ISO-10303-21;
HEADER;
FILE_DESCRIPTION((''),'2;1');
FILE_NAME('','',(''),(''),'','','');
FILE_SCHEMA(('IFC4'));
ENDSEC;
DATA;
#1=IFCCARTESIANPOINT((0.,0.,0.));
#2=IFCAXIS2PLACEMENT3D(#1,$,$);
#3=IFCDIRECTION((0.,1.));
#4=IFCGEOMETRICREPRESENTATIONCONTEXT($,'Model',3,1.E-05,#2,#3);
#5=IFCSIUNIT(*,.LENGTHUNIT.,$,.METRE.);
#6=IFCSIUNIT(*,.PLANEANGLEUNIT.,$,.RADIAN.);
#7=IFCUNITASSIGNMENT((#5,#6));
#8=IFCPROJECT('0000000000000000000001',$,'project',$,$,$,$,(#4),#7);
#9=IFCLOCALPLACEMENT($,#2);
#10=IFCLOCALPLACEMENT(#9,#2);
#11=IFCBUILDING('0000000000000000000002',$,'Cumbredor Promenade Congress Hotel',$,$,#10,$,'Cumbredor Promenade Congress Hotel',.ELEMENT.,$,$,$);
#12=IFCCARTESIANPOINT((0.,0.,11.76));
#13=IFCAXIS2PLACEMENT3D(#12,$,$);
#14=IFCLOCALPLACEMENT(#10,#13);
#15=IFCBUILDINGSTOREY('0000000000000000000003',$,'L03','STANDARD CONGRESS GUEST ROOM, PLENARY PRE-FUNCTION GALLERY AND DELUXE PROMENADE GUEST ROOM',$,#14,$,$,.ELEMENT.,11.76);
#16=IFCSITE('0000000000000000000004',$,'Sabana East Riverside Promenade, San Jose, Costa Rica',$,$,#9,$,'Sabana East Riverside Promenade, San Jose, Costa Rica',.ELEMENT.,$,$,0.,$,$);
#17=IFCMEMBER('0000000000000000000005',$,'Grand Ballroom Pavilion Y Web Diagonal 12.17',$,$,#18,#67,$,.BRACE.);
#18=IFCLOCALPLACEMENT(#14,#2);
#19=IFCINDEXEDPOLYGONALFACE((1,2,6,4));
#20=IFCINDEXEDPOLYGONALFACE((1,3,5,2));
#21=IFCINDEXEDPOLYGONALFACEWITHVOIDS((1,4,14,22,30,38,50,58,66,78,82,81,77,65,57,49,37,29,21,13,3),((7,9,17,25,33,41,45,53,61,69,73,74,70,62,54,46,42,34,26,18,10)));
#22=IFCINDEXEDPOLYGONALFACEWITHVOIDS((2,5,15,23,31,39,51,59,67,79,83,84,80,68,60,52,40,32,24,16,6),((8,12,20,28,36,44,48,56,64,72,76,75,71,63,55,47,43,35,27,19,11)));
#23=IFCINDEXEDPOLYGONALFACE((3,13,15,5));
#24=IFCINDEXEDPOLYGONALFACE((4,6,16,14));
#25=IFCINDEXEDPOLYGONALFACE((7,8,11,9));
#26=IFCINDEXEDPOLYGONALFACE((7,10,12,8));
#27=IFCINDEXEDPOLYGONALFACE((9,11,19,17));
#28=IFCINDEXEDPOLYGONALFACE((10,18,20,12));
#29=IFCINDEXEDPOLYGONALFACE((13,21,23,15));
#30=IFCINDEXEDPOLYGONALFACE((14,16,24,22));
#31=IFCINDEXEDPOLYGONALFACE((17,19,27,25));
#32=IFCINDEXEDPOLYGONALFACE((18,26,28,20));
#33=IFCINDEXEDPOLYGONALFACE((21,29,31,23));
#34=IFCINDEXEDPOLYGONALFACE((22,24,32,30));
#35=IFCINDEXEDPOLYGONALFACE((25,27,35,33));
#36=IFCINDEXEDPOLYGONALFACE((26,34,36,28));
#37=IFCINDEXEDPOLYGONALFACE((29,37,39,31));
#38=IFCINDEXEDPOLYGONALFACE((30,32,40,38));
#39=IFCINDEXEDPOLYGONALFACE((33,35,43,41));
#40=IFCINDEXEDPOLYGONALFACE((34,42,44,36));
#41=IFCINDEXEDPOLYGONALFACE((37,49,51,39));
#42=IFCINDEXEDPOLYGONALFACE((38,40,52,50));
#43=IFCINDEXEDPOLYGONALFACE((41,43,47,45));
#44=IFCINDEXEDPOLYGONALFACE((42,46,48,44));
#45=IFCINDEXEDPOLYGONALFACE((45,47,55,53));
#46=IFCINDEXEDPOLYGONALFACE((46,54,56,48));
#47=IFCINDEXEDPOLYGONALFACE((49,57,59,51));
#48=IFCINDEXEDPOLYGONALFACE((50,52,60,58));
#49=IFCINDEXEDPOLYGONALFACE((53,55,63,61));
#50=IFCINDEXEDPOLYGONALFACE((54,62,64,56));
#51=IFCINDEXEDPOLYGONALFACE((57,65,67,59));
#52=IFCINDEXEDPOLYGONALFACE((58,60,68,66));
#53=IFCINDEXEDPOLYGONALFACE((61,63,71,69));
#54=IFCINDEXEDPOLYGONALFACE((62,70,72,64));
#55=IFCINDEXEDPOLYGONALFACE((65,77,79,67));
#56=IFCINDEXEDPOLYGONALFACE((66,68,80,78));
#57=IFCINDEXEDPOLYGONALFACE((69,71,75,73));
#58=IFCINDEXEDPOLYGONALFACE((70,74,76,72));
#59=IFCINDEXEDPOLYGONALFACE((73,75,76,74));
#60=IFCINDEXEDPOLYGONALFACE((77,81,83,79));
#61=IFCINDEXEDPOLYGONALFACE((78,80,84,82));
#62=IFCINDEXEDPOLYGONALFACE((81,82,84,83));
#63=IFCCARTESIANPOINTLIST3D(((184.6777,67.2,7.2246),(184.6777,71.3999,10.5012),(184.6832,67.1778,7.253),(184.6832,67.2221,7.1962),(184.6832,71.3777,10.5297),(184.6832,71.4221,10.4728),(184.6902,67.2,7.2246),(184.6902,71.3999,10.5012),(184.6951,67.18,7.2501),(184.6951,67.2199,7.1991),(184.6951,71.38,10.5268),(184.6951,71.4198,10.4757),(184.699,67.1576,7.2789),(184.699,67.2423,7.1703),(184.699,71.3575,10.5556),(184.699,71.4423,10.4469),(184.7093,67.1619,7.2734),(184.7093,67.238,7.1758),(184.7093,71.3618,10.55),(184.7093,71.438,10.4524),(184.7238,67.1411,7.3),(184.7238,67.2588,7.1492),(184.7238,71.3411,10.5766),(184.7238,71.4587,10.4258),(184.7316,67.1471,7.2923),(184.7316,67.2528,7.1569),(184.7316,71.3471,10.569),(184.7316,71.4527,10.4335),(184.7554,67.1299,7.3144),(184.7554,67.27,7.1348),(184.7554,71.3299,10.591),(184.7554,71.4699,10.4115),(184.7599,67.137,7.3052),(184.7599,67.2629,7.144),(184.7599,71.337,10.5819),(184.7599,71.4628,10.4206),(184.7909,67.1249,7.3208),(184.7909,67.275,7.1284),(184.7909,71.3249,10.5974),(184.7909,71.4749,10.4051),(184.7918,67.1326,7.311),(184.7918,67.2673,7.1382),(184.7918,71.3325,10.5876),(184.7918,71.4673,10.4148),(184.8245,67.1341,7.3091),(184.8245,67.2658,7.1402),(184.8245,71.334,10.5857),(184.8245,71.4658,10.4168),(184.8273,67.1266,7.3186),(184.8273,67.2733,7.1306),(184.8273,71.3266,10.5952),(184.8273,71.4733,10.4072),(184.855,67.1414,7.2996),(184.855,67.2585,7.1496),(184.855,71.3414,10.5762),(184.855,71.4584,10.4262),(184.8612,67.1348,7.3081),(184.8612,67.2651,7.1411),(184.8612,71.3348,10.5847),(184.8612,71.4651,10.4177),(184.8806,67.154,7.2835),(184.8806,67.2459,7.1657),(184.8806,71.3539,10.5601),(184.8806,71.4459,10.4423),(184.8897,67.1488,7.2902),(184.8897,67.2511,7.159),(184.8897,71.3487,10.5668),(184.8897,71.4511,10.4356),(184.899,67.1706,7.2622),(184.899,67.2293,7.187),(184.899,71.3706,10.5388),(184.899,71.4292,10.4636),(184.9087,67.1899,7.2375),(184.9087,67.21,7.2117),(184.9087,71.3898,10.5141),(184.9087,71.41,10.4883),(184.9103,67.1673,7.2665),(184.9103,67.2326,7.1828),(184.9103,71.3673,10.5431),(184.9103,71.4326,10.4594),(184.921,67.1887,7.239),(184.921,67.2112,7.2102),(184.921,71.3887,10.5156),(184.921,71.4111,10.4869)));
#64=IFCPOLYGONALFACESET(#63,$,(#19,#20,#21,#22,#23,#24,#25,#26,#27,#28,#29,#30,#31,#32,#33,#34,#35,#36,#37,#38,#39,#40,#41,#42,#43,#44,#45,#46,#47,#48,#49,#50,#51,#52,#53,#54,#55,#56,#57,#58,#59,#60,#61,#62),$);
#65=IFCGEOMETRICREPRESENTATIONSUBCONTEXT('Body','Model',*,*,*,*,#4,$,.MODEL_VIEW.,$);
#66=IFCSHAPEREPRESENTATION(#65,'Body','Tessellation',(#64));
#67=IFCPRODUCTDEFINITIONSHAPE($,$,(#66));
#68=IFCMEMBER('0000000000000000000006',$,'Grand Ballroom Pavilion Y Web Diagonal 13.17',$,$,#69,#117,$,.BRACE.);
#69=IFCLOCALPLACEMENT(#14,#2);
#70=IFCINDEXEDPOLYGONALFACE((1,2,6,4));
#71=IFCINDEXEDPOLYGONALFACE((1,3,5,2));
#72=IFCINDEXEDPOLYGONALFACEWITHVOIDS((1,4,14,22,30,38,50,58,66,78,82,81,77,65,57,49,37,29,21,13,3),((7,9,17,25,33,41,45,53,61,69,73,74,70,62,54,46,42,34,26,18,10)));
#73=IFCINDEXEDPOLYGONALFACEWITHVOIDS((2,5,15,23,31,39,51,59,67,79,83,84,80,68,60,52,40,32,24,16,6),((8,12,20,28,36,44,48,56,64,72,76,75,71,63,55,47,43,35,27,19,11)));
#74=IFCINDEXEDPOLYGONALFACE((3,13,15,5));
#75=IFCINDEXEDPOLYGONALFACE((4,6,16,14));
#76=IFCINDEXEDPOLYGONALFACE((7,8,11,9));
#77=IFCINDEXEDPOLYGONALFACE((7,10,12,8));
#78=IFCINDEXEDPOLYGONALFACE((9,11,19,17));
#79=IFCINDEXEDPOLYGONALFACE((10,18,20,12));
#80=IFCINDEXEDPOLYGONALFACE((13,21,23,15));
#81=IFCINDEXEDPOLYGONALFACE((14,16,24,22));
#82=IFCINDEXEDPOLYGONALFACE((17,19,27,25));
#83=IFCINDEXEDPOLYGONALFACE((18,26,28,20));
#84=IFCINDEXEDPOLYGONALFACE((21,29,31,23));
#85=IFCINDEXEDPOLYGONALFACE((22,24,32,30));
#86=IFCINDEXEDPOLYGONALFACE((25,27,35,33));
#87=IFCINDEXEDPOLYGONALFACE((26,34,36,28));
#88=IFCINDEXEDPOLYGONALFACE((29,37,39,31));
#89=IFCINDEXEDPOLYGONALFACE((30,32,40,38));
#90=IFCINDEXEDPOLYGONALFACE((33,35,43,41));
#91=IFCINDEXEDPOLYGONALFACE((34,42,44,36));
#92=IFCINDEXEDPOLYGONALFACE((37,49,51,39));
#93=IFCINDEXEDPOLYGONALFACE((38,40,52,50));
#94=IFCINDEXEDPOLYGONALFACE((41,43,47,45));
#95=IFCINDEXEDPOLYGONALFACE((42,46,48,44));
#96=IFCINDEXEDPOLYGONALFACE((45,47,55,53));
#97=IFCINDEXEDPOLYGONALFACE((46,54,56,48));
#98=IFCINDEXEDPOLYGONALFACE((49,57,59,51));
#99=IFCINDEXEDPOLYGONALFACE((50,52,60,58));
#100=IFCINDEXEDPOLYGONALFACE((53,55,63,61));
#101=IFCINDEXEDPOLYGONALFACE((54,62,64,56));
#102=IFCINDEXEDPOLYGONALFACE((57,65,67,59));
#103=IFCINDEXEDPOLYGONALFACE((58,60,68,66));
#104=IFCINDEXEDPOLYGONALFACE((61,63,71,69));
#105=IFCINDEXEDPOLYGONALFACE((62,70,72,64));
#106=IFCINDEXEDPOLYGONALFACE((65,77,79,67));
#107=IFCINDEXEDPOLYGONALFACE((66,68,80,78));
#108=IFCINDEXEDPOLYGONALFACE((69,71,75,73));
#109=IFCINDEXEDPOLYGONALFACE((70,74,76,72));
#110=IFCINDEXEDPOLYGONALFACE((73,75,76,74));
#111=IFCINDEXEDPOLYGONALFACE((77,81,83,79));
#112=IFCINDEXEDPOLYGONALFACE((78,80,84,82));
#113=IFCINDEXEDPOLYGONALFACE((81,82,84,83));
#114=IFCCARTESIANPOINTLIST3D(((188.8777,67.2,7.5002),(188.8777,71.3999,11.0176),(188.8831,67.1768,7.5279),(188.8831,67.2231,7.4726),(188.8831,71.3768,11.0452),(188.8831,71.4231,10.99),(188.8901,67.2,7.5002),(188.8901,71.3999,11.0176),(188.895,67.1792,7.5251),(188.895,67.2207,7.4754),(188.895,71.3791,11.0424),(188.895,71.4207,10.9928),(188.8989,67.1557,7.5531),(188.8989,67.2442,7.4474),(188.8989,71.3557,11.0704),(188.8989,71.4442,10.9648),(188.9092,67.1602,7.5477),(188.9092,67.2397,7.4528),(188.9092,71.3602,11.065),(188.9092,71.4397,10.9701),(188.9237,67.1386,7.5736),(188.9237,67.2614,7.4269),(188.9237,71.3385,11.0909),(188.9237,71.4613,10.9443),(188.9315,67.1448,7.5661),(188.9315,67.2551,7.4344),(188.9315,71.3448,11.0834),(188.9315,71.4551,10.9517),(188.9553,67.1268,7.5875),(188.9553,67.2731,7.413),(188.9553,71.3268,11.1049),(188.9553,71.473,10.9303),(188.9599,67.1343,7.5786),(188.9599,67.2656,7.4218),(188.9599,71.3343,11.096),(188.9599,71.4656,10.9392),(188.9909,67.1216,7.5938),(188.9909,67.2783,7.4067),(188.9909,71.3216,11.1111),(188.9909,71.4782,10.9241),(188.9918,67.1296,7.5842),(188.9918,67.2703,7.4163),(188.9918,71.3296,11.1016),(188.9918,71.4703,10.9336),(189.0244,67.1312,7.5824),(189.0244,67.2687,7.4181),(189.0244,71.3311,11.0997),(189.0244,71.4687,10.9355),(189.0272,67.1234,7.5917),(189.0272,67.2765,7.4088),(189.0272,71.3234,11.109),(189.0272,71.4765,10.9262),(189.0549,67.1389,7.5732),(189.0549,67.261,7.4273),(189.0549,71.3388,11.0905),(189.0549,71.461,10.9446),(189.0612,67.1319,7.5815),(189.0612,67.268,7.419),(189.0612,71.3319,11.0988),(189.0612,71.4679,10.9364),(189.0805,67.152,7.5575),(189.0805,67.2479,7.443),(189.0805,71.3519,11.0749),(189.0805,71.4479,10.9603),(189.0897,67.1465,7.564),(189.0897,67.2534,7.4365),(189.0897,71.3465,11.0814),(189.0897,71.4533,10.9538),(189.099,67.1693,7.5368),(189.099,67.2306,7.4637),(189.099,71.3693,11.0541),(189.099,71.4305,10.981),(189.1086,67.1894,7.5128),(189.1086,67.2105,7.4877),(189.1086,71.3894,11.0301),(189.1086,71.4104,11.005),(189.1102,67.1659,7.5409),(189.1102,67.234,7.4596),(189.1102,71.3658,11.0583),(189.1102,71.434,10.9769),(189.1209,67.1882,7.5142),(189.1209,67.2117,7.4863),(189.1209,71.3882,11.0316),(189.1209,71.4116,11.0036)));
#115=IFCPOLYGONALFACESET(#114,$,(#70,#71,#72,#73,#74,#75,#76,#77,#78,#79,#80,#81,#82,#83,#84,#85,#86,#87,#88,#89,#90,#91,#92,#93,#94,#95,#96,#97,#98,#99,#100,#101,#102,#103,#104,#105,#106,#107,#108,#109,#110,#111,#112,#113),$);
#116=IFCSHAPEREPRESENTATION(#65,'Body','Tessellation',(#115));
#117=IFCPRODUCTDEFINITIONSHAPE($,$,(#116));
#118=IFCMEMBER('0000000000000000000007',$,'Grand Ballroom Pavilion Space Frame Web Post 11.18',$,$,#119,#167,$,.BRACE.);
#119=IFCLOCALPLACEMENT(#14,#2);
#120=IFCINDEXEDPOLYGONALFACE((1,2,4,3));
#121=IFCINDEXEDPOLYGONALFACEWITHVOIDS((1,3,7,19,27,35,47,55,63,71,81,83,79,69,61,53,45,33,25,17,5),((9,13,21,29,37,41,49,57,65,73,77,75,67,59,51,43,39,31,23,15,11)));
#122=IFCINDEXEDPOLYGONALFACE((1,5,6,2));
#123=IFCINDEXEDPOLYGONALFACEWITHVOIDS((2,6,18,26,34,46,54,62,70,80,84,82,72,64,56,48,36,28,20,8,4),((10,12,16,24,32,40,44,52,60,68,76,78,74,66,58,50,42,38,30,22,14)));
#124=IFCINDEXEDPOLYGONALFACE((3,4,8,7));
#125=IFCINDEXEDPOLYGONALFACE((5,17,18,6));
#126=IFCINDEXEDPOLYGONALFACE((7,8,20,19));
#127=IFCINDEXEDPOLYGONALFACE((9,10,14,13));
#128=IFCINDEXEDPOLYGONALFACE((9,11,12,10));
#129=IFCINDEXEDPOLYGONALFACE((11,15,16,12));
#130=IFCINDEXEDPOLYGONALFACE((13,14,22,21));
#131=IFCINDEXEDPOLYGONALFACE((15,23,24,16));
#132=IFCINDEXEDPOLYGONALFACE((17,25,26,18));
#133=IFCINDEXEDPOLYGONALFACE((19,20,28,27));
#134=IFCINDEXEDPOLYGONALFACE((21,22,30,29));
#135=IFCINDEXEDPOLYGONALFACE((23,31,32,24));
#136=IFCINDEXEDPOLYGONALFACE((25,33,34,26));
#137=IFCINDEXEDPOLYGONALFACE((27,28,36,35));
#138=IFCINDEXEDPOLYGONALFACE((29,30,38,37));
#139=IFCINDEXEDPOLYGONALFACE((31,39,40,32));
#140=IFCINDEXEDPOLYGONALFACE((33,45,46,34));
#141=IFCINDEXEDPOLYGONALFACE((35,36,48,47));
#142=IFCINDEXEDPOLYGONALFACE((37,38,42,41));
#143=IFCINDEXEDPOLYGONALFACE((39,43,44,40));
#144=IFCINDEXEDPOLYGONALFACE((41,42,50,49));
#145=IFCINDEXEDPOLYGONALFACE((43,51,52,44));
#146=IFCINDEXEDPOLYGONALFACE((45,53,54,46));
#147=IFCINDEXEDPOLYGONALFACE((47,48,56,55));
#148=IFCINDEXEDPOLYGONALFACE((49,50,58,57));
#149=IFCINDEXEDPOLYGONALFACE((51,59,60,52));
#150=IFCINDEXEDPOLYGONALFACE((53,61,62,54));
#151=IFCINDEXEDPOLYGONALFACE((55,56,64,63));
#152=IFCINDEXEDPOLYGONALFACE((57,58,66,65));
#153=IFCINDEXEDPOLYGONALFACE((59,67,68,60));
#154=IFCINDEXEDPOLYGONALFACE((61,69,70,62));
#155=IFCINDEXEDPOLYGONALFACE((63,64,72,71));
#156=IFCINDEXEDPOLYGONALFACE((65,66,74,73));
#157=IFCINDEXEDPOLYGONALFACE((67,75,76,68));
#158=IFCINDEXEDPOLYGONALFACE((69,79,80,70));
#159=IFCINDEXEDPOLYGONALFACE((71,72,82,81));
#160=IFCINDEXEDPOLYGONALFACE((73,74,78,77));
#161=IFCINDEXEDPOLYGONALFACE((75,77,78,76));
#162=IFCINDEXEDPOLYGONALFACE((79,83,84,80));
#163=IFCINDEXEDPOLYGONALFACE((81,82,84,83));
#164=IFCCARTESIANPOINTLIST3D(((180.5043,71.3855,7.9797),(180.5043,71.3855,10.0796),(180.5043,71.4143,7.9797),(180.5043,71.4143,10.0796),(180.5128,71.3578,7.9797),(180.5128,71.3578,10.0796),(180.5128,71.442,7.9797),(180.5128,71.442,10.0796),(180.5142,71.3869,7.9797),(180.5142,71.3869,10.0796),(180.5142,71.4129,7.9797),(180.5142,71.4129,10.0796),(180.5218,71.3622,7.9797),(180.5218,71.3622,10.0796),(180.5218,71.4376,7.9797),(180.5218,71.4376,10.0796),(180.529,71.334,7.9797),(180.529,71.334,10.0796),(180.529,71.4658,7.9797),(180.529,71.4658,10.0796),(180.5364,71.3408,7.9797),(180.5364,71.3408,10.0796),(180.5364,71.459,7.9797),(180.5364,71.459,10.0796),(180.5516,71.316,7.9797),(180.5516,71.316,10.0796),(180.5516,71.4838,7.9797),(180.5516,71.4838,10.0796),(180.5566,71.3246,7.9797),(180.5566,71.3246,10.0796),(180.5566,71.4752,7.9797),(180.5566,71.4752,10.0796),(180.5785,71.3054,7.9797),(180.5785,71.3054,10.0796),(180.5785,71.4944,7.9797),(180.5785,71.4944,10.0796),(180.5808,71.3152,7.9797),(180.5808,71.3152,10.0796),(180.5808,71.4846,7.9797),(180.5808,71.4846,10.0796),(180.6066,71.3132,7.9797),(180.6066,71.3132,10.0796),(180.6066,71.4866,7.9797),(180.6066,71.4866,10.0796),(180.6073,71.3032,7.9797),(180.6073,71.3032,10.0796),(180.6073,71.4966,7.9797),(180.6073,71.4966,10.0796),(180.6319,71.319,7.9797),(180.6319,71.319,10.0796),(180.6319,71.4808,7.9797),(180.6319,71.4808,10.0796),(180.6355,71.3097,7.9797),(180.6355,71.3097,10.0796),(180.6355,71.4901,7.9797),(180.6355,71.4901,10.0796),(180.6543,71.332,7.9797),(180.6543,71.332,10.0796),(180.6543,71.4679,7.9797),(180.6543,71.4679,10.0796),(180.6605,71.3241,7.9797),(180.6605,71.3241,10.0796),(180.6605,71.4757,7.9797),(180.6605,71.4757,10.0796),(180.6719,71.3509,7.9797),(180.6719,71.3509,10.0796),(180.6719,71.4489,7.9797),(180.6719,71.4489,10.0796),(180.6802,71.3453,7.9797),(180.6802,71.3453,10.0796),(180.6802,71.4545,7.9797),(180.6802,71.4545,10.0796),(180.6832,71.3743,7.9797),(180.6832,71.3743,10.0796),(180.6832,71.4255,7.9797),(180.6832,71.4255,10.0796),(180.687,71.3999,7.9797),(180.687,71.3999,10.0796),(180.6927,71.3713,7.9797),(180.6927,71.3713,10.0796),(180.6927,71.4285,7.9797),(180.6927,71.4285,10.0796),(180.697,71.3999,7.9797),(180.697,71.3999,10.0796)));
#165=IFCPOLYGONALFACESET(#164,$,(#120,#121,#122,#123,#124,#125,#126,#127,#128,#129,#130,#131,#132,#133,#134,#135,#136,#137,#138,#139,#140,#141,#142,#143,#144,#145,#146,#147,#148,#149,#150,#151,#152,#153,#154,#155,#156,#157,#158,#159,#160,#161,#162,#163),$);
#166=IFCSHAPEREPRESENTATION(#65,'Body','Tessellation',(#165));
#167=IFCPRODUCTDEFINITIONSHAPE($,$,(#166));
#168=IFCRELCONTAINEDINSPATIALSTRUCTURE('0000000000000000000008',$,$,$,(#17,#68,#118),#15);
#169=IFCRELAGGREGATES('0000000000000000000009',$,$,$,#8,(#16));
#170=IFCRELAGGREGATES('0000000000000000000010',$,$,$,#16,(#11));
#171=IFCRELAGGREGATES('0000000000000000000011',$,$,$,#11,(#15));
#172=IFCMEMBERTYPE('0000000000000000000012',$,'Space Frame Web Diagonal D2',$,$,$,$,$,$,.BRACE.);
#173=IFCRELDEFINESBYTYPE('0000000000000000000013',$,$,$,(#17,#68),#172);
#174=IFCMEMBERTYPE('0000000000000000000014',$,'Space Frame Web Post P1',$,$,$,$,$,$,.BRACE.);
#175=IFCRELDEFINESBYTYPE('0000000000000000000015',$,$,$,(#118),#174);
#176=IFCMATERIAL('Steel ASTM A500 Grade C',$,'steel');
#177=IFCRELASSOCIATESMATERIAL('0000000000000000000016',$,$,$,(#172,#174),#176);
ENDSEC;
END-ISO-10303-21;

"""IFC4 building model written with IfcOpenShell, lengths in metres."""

from ifc_helpers import new_model, si_unit, direction, frame, origin, origin_2d, place, context, subcontext, project, spatial, hollow_circle, extrude, material, material_profile, profile_set, type_object, element, save


model = new_model("IFC4")

# Units and contexts
model_context = context("Model", 3, precision=1e-05, world=origin(), true_north=direction((0.0, 1.0)))
body_context = subcontext(model_context, "Body", "Model", "MODEL_VIEW")
ifc_project = project(units=[si_unit("LENGTHUNIT", "METRE"), si_unit("PLANEANGLEUNIT", "RADIAN")], contexts=[model_context])

# Site, building, storey
site_placement = place(None, origin())
site = spatial("IfcSite", under=ifc_project, at=site_placement, Name="Sabana East Riverside Promenade, San Jose, Costa Rica", LongName="Sabana East Riverside Promenade, San Jose, Costa Rica", CompositionType="ELEMENT", RefElevation=0.0)
building_placement = place(site_placement, origin())
building = spatial("IfcBuilding", under=site, at=building_placement, Name="Cumbredor Promenade Congress Hotel", LongName="Cumbredor Promenade Congress Hotel", CompositionType="ELEMENT")
storey_placement = place(building_placement, frame((0.0, 0.0, 11.76)))
storey = spatial("IfcBuildingStorey", under=building, at=storey_placement, Name="L03", Description="STANDARD CONGRESS GUEST ROOM, PLENARY PRE-FUNCTION GALLERY AND DELUXE PROMENADE GUEST ROOM", CompositionType="ELEMENT", Elevation=11.76)

# Shared definitions
ifc_material_1 = material(Name="Steel ASTM A500 Grade C", Category="steel")

# Members
ifc_material_profile_1 = material_profile(ifc_material_1, hollow_circle(Radius=0.1223, WallThickness=0.0125, at=origin_2d()), Name="CHS 244.5x12.5")
ifc_profile_set_1 = profile_set([ifc_material_profile_1], Name="Steel ASTM A500 Grade C")
member_type_1 = type_object("IfcMemberType", Name="Space Frame Web Diagonal D2", PredefinedType="BRACE", material=ifc_profile_set_1)
member_1_placement = place(storey_placement, frame((184.8, 67.2, 7.2246), z_axis=(0.0, 0.788443, 0.615108), x_axis=(-1.0, 0.0, 0.0)))
element("IfcMember", 1, at=member_1_placement, inside=storey, type_object=member_type_1, Name="Grand Ballroom Pavilion Y Web Diagonal 12.17", PredefinedType="BRACE", context=body_context, shape_type="SweptSolid", body=[
    extrude(hollow_circle(Radius=0.1223, WallThickness=0.0125, at=origin_2d()), origin(), (0.0, 0.0, 1.0), 5.3269),
])
member_2_placement = place(storey_placement, frame((189.0, 67.2, 7.5002), z_axis=(0.0, 0.766659, 0.642054), x_axis=(-1.0, 0.0, 0.0)))
element("IfcMember", 2, at=member_2_placement, inside=storey, type_object=member_type_1, Name="Grand Ballroom Pavilion Y Web Diagonal 13.17", PredefinedType="BRACE", context=body_context, shape_type="SweptSolid", body=[
    extrude(hollow_circle(Radius=0.1223, WallThickness=0.0125, at=origin_2d()), origin(), (0.0, 0.0, 1.0), 5.4783),
])
ifc_material_profile_2 = material_profile(ifc_material_1, hollow_circle(Radius=0.0969, WallThickness=0.01, at=origin_2d()), Name="CHS 193.7x10")
ifc_profile_set_2 = profile_set([ifc_material_profile_2], Name="Steel ASTM A500 Grade C")
member_type_2 = type_object("IfcMemberType", Name="Space Frame Web Post P1", PredefinedType="BRACE", material=ifc_profile_set_2)
for number, where, z_axis, x_axis, name in (
    (3, (180.6001, 71.3999, 7.9797), (0.0, 0.0, 1.0), (1.0, 0.0, 0.0), "Grand Ballroom Pavilion Space Frame Web Post 11.18"),
):
    element("IfcMember", number, at=place(storey_placement, frame(where, z_axis=z_axis, x_axis=x_axis)), inside=storey, type_object=member_type_2, Name=name, PredefinedType="BRACE", context=body_context, shape_type="SweptSolid", body=[
        extrude(hollow_circle(Radius=0.0969, WallThickness=0.01, at=origin_2d()), origin(), (0.0, 0.0, 1.0), 2.0999),
    ])

save(model, "model.ifc")
